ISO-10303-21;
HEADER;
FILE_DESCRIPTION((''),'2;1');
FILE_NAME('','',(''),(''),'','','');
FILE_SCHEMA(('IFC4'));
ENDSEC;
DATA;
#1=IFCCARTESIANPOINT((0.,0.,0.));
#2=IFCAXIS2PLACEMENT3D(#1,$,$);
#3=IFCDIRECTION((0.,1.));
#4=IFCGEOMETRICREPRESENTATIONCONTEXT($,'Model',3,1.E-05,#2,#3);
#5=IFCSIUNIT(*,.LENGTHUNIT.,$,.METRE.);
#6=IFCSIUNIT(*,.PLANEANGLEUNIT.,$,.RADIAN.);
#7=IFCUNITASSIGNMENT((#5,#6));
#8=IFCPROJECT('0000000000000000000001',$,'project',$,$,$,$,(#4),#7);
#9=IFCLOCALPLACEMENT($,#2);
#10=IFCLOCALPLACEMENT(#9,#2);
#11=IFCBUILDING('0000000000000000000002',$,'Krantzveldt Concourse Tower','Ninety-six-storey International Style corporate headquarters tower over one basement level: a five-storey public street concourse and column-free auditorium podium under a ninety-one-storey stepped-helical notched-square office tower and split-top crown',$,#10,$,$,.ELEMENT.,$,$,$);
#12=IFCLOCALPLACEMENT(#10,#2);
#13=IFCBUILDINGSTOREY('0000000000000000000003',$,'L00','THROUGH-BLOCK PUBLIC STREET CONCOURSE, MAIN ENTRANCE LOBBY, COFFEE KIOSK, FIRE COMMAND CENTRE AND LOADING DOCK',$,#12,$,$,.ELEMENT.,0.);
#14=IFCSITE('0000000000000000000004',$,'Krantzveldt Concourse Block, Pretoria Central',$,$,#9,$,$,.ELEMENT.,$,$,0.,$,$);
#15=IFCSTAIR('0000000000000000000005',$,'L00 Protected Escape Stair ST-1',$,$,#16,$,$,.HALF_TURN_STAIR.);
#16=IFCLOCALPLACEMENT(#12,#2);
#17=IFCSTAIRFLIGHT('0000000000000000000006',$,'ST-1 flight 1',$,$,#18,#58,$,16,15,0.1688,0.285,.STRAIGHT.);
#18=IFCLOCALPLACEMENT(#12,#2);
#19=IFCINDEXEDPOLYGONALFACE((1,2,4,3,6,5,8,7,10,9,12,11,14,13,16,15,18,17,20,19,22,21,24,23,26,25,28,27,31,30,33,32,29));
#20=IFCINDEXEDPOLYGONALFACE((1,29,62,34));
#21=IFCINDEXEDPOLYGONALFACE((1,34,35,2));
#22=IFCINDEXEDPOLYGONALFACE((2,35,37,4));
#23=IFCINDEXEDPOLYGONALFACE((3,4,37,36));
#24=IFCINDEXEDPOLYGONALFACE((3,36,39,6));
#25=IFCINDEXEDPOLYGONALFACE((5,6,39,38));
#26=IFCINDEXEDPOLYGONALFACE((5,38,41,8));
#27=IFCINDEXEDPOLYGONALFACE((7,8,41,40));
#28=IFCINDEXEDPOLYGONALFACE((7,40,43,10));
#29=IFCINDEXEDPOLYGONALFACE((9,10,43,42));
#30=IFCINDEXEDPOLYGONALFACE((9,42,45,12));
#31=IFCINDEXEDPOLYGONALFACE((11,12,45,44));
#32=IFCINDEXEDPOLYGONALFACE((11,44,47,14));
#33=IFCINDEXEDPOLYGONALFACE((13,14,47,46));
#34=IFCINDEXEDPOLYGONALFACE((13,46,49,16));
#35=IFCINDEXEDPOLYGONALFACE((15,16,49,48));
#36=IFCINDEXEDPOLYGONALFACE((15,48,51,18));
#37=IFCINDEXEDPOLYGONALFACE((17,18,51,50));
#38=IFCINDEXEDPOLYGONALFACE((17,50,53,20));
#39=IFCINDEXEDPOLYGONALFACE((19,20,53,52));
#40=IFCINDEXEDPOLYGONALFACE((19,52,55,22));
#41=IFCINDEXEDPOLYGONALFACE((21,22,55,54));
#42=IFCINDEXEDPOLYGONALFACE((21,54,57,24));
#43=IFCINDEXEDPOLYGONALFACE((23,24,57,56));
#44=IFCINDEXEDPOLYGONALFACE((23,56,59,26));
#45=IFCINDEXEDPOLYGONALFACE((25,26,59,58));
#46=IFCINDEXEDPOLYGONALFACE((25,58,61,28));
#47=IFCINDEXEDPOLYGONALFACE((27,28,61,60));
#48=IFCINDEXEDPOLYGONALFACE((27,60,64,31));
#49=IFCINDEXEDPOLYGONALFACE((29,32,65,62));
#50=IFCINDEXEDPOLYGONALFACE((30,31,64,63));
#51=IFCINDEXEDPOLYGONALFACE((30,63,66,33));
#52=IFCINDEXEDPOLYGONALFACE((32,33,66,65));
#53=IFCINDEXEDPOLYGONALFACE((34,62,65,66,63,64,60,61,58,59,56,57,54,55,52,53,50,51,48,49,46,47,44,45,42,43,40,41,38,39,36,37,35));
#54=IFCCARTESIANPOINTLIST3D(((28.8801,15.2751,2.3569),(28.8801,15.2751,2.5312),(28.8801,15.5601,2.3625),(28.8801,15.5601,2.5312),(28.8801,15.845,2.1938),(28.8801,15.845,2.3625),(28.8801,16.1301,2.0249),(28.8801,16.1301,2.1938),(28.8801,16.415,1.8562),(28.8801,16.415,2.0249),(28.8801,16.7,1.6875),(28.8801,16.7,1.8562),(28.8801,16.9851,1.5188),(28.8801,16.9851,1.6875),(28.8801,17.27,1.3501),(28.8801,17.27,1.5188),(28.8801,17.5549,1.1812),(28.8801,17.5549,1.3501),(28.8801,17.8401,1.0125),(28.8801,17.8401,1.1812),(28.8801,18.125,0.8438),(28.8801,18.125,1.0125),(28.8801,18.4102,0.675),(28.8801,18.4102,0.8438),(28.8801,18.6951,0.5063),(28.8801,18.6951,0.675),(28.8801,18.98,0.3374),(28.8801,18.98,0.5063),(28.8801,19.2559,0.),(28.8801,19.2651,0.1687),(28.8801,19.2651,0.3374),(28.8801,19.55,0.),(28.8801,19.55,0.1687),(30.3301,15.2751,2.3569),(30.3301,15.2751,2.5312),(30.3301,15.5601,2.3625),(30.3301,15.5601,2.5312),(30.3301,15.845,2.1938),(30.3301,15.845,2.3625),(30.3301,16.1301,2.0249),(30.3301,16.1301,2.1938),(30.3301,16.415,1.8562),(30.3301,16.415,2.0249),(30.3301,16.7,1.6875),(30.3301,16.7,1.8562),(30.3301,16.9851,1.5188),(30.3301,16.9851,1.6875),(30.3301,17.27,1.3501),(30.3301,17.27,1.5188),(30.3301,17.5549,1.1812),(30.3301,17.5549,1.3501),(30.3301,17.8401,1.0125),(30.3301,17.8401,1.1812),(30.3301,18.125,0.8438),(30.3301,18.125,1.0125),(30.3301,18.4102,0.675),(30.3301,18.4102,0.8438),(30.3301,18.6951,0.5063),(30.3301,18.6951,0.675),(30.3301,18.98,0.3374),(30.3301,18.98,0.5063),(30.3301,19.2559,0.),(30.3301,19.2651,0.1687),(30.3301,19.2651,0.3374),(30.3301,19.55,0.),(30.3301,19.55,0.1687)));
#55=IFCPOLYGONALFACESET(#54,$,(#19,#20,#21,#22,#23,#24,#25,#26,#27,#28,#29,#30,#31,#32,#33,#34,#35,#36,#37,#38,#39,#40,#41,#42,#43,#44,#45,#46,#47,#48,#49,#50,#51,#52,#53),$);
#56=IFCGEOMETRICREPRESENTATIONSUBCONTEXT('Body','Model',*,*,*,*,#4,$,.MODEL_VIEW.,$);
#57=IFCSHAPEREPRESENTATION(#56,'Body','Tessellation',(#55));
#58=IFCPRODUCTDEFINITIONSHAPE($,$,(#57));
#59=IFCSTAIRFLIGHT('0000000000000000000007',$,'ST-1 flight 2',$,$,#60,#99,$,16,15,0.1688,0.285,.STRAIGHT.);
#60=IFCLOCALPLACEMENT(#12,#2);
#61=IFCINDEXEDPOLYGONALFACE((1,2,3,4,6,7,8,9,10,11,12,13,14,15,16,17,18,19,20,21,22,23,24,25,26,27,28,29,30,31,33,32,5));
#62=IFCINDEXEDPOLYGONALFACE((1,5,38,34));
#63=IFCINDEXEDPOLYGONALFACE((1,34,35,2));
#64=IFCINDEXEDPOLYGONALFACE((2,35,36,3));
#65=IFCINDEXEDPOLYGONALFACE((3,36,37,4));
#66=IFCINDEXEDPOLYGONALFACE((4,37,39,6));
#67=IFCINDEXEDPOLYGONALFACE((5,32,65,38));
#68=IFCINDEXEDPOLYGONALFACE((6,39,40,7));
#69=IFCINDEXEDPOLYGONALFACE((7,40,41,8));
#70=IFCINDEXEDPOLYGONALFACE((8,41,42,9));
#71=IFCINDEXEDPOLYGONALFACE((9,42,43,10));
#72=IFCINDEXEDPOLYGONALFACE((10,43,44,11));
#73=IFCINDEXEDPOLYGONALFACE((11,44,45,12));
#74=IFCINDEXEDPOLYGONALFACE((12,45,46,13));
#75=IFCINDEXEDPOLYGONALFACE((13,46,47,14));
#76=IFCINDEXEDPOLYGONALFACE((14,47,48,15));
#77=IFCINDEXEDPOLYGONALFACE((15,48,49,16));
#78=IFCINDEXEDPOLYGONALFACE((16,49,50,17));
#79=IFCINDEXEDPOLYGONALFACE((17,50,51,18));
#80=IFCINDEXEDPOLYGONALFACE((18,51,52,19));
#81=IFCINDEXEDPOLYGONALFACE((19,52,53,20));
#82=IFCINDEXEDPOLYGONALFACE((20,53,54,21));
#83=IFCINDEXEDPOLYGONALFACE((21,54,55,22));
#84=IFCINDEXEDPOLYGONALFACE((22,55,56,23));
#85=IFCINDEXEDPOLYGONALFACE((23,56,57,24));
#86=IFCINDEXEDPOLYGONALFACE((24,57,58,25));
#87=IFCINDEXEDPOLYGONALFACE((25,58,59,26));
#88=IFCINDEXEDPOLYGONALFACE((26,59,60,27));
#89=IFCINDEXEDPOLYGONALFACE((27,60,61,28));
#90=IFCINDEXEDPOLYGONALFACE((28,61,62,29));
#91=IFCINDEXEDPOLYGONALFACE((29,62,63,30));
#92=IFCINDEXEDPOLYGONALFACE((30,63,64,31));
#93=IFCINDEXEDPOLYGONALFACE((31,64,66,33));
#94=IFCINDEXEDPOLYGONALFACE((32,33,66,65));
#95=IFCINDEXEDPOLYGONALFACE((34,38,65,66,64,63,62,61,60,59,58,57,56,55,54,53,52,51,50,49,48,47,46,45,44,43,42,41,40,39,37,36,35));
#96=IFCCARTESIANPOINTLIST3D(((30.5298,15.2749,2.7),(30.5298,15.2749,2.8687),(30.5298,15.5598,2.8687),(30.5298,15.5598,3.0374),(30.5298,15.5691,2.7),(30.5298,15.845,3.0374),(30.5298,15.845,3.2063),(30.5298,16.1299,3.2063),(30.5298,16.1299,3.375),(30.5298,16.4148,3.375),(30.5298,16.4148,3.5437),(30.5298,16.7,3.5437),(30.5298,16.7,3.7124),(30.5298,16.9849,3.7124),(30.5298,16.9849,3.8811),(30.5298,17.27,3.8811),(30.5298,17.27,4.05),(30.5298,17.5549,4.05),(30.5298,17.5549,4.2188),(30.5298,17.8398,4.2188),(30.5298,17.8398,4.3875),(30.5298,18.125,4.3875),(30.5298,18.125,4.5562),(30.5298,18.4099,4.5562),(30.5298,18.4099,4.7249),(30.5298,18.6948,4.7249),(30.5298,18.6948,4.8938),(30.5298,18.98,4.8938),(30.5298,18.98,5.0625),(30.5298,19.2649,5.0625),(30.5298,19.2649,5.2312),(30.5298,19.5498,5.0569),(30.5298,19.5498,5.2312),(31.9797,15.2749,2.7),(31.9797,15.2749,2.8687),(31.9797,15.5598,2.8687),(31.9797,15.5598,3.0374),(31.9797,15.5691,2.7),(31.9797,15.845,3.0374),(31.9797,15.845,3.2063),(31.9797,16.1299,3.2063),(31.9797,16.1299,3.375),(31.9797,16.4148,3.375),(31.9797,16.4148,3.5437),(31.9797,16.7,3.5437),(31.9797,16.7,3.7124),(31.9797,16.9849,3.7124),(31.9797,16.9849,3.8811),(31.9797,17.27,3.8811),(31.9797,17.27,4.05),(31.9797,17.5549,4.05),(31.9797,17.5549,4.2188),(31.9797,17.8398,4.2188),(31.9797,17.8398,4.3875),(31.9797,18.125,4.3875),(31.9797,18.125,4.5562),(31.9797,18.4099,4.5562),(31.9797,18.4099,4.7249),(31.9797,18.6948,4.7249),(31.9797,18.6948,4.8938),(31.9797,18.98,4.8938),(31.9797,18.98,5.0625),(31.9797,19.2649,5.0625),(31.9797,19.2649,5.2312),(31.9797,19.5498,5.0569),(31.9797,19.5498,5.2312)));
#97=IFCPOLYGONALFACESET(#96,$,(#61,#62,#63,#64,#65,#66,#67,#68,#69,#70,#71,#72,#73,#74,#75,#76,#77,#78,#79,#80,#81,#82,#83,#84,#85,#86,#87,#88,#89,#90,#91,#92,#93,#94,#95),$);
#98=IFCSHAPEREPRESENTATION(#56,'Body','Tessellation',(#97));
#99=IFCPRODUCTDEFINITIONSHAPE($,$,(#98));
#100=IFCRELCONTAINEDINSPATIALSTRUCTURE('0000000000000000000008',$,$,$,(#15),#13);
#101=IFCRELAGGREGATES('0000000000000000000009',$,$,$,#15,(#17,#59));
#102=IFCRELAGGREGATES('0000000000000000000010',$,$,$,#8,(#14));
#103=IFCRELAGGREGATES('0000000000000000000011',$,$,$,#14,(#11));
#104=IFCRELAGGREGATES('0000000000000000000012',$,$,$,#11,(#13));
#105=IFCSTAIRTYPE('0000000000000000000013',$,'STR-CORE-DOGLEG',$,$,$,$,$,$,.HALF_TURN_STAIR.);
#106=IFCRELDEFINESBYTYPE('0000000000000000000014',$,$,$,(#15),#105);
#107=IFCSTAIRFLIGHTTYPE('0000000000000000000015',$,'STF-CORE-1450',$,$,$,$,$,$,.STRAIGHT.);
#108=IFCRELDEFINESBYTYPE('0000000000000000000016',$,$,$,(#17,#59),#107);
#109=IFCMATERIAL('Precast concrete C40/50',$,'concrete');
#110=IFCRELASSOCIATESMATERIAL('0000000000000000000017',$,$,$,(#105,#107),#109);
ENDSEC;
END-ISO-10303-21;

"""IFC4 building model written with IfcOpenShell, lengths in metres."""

from ifc_helpers import new_model, si_unit, direction, frame, origin, place, context, subcontext, project, spatial, polyline, outline, extrude, material, type_object, element, aggregate, save


model = new_model("IFC4")

# Units and contexts
model_context = context("Model", 3, precision=1e-05, world=origin(), true_north=direction((0.0, 1.0)))
body_context = subcontext(model_context, "Body", "Model", "MODEL_VIEW")
ifc_project = project(units=[si_unit("LENGTHUNIT", "METRE"), si_unit("PLANEANGLEUNIT", "RADIAN")], contexts=[model_context])

# Site, building, storey
site_placement = place(None, origin())
site = spatial("IfcSite", under=ifc_project, at=site_placement, Name="Krantzveldt Concourse Block, Pretoria Central", CompositionType="ELEMENT", RefElevation=0.0)
building_placement = place(site_placement, origin())
building = spatial("IfcBuilding", under=site, at=building_placement, Name="Krantzveldt Concourse Tower", Description="Ninety-six-storey International Style corporate headquarters tower over one basement level: a five-storey public street concourse and column-free auditorium podium under a ninety-one-storey stepped-helical notched-square office tower and split-top crown", CompositionType="ELEMENT")
storey_placement = place(building_placement, origin())
storey = spatial("IfcBuildingStorey", under=building, at=storey_placement, Name="L00", Description="THROUGH-BLOCK PUBLIC STREET CONCOURSE, MAIN ENTRANCE LOBBY, COFFEE KIOSK, FIRE COMMAND CENTRE AND LOADING DOCK", CompositionType="ELEMENT", Elevation=0.0)

# Stair, stair flights
ifc_material_1 = material(Name="Precast concrete C40/50", Category="concrete")
stair_type = type_object("IfcStairType", Name="STR-CORE-DOGLEG", PredefinedType="HALF_TURN_STAIR", material=ifc_material_1)
stair_placement = place(storey_placement, origin())
stair = element("IfcStair", 1, at=stair_placement, inside=storey, type_object=stair_type, Name="L00 Protected Escape Stair ST-1", PredefinedType="HALF_TURN_STAIR")
stair_flight_type = type_object("IfcStairFlightType", Name="STF-CORE-1450", PredefinedType="STRAIGHT", material=ifc_material_1)
stair_flight_1_placement = place(storey_placement, frame((29.605, 19.55, 0.0), z_axis=(0.0, 0.0, 1.0), x_axis=(0.0, -1.0, 0.0)))
stair_flight_1 = element("IfcStairFlight", 2, at=stair_flight_1_placement, type_object=stair_flight_type, Name="ST-1 flight 1", NumberOfRisers=16, NumberOfTreads=15, PredefinedType="STRAIGHT", RiserHeight=0.1688, TreadLength=0.285, context=body_context, shape_type="SweptSolid", body=[
    extrude(outline(polyline([(0.0, 0.0), (0.0, 0.1687), (0.2849, 0.1687), (0.2849, 0.3374), (0.5701, 0.3374), (0.5701, 0.5063), (0.855, 0.5063), (0.855, 0.675), (1.1399, 0.675), (1.1399, 0.8438), (1.425, 0.8438), (1.425, 1.0125), (1.71, 1.0125), (1.71, 1.1812), (1.9951, 1.1812), (1.9951, 1.3501), (2.28, 1.3501), (2.28, 1.5188), (2.5649, 1.5188), (2.5649, 1.6875), (2.8501, 1.6875), (2.8501, 1.8562), (3.135, 1.8562), (3.135, 2.0249), (3.4199, 2.0249), (3.4199, 2.1938), (3.7051, 2.1938), (3.7051, 2.3625), (3.99, 2.3625), (3.99, 2.5312), (4.2749, 2.5312), (4.2749, 2.7), (4.2749, 2.3569), (0.2942, 0.0), (0.0, 0.0)])), frame((0.0, 0.7251, 0.0), z_axis=(0.0, -1.0, 0.0), x_axis=(1.0, 0.0, 0.0)), (0.0, 0.0, 1.0), 1.45),
])
stair_flight_2_placement = place(storey_placement, frame((31.2549, 15.2749, 2.7), z_axis=(0.0, 0.0, 1.0), x_axis=(0.0, 1.0, 0.0)))
stair_flight_2 = element("IfcStairFlight", 3, at=stair_flight_2_placement, type_object=stair_flight_type, Name="ST-1 flight 2", NumberOfRisers=16, NumberOfTreads=15, PredefinedType="STRAIGHT", RiserHeight=0.1688, TreadLength=0.285, context=body_context, shape_type="SweptSolid", body=[
    extrude(outline(polyline([(0.0, 0.0), (0.0, 0.1687), (0.2849, 0.1687), (0.2849, 0.3374), (0.5701, 0.3374), (0.5701, 0.5063), (0.855, 0.5063), (0.855, 0.675), (1.1399, 0.675), (1.1399, 0.8438), (1.425, 0.8438), (1.425, 1.0125), (1.71, 1.0125), (1.71, 1.1812), (1.9951, 1.1812), (1.9951, 1.3501), (2.28, 1.3501), (2.28, 1.5188), (2.5649, 1.5188), (2.5649, 1.6875), (2.8501, 1.6875), (2.8501, 1.8562), (3.135, 1.8562), (3.135, 2.0249), (3.4199, 2.0249), (3.4199, 2.1938), (3.7051, 2.1938), (3.7051, 2.3625), (3.99, 2.3625), (3.99, 2.5312), (4.2749, 2.5312), (4.2749, 2.7), (4.2749, 2.3569), (0.2942, 0.0), (0.0, 0.0)])), frame((0.0, 0.7251, 0.0), z_axis=(0.0, -1.0, 0.0), x_axis=(1.0, 0.0, 0.0)), (0.0, 0.0, 1.0), 1.45),
])
aggregate(stair, [stair_flight_1, stair_flight_2])

save(model, "model.ifc")
